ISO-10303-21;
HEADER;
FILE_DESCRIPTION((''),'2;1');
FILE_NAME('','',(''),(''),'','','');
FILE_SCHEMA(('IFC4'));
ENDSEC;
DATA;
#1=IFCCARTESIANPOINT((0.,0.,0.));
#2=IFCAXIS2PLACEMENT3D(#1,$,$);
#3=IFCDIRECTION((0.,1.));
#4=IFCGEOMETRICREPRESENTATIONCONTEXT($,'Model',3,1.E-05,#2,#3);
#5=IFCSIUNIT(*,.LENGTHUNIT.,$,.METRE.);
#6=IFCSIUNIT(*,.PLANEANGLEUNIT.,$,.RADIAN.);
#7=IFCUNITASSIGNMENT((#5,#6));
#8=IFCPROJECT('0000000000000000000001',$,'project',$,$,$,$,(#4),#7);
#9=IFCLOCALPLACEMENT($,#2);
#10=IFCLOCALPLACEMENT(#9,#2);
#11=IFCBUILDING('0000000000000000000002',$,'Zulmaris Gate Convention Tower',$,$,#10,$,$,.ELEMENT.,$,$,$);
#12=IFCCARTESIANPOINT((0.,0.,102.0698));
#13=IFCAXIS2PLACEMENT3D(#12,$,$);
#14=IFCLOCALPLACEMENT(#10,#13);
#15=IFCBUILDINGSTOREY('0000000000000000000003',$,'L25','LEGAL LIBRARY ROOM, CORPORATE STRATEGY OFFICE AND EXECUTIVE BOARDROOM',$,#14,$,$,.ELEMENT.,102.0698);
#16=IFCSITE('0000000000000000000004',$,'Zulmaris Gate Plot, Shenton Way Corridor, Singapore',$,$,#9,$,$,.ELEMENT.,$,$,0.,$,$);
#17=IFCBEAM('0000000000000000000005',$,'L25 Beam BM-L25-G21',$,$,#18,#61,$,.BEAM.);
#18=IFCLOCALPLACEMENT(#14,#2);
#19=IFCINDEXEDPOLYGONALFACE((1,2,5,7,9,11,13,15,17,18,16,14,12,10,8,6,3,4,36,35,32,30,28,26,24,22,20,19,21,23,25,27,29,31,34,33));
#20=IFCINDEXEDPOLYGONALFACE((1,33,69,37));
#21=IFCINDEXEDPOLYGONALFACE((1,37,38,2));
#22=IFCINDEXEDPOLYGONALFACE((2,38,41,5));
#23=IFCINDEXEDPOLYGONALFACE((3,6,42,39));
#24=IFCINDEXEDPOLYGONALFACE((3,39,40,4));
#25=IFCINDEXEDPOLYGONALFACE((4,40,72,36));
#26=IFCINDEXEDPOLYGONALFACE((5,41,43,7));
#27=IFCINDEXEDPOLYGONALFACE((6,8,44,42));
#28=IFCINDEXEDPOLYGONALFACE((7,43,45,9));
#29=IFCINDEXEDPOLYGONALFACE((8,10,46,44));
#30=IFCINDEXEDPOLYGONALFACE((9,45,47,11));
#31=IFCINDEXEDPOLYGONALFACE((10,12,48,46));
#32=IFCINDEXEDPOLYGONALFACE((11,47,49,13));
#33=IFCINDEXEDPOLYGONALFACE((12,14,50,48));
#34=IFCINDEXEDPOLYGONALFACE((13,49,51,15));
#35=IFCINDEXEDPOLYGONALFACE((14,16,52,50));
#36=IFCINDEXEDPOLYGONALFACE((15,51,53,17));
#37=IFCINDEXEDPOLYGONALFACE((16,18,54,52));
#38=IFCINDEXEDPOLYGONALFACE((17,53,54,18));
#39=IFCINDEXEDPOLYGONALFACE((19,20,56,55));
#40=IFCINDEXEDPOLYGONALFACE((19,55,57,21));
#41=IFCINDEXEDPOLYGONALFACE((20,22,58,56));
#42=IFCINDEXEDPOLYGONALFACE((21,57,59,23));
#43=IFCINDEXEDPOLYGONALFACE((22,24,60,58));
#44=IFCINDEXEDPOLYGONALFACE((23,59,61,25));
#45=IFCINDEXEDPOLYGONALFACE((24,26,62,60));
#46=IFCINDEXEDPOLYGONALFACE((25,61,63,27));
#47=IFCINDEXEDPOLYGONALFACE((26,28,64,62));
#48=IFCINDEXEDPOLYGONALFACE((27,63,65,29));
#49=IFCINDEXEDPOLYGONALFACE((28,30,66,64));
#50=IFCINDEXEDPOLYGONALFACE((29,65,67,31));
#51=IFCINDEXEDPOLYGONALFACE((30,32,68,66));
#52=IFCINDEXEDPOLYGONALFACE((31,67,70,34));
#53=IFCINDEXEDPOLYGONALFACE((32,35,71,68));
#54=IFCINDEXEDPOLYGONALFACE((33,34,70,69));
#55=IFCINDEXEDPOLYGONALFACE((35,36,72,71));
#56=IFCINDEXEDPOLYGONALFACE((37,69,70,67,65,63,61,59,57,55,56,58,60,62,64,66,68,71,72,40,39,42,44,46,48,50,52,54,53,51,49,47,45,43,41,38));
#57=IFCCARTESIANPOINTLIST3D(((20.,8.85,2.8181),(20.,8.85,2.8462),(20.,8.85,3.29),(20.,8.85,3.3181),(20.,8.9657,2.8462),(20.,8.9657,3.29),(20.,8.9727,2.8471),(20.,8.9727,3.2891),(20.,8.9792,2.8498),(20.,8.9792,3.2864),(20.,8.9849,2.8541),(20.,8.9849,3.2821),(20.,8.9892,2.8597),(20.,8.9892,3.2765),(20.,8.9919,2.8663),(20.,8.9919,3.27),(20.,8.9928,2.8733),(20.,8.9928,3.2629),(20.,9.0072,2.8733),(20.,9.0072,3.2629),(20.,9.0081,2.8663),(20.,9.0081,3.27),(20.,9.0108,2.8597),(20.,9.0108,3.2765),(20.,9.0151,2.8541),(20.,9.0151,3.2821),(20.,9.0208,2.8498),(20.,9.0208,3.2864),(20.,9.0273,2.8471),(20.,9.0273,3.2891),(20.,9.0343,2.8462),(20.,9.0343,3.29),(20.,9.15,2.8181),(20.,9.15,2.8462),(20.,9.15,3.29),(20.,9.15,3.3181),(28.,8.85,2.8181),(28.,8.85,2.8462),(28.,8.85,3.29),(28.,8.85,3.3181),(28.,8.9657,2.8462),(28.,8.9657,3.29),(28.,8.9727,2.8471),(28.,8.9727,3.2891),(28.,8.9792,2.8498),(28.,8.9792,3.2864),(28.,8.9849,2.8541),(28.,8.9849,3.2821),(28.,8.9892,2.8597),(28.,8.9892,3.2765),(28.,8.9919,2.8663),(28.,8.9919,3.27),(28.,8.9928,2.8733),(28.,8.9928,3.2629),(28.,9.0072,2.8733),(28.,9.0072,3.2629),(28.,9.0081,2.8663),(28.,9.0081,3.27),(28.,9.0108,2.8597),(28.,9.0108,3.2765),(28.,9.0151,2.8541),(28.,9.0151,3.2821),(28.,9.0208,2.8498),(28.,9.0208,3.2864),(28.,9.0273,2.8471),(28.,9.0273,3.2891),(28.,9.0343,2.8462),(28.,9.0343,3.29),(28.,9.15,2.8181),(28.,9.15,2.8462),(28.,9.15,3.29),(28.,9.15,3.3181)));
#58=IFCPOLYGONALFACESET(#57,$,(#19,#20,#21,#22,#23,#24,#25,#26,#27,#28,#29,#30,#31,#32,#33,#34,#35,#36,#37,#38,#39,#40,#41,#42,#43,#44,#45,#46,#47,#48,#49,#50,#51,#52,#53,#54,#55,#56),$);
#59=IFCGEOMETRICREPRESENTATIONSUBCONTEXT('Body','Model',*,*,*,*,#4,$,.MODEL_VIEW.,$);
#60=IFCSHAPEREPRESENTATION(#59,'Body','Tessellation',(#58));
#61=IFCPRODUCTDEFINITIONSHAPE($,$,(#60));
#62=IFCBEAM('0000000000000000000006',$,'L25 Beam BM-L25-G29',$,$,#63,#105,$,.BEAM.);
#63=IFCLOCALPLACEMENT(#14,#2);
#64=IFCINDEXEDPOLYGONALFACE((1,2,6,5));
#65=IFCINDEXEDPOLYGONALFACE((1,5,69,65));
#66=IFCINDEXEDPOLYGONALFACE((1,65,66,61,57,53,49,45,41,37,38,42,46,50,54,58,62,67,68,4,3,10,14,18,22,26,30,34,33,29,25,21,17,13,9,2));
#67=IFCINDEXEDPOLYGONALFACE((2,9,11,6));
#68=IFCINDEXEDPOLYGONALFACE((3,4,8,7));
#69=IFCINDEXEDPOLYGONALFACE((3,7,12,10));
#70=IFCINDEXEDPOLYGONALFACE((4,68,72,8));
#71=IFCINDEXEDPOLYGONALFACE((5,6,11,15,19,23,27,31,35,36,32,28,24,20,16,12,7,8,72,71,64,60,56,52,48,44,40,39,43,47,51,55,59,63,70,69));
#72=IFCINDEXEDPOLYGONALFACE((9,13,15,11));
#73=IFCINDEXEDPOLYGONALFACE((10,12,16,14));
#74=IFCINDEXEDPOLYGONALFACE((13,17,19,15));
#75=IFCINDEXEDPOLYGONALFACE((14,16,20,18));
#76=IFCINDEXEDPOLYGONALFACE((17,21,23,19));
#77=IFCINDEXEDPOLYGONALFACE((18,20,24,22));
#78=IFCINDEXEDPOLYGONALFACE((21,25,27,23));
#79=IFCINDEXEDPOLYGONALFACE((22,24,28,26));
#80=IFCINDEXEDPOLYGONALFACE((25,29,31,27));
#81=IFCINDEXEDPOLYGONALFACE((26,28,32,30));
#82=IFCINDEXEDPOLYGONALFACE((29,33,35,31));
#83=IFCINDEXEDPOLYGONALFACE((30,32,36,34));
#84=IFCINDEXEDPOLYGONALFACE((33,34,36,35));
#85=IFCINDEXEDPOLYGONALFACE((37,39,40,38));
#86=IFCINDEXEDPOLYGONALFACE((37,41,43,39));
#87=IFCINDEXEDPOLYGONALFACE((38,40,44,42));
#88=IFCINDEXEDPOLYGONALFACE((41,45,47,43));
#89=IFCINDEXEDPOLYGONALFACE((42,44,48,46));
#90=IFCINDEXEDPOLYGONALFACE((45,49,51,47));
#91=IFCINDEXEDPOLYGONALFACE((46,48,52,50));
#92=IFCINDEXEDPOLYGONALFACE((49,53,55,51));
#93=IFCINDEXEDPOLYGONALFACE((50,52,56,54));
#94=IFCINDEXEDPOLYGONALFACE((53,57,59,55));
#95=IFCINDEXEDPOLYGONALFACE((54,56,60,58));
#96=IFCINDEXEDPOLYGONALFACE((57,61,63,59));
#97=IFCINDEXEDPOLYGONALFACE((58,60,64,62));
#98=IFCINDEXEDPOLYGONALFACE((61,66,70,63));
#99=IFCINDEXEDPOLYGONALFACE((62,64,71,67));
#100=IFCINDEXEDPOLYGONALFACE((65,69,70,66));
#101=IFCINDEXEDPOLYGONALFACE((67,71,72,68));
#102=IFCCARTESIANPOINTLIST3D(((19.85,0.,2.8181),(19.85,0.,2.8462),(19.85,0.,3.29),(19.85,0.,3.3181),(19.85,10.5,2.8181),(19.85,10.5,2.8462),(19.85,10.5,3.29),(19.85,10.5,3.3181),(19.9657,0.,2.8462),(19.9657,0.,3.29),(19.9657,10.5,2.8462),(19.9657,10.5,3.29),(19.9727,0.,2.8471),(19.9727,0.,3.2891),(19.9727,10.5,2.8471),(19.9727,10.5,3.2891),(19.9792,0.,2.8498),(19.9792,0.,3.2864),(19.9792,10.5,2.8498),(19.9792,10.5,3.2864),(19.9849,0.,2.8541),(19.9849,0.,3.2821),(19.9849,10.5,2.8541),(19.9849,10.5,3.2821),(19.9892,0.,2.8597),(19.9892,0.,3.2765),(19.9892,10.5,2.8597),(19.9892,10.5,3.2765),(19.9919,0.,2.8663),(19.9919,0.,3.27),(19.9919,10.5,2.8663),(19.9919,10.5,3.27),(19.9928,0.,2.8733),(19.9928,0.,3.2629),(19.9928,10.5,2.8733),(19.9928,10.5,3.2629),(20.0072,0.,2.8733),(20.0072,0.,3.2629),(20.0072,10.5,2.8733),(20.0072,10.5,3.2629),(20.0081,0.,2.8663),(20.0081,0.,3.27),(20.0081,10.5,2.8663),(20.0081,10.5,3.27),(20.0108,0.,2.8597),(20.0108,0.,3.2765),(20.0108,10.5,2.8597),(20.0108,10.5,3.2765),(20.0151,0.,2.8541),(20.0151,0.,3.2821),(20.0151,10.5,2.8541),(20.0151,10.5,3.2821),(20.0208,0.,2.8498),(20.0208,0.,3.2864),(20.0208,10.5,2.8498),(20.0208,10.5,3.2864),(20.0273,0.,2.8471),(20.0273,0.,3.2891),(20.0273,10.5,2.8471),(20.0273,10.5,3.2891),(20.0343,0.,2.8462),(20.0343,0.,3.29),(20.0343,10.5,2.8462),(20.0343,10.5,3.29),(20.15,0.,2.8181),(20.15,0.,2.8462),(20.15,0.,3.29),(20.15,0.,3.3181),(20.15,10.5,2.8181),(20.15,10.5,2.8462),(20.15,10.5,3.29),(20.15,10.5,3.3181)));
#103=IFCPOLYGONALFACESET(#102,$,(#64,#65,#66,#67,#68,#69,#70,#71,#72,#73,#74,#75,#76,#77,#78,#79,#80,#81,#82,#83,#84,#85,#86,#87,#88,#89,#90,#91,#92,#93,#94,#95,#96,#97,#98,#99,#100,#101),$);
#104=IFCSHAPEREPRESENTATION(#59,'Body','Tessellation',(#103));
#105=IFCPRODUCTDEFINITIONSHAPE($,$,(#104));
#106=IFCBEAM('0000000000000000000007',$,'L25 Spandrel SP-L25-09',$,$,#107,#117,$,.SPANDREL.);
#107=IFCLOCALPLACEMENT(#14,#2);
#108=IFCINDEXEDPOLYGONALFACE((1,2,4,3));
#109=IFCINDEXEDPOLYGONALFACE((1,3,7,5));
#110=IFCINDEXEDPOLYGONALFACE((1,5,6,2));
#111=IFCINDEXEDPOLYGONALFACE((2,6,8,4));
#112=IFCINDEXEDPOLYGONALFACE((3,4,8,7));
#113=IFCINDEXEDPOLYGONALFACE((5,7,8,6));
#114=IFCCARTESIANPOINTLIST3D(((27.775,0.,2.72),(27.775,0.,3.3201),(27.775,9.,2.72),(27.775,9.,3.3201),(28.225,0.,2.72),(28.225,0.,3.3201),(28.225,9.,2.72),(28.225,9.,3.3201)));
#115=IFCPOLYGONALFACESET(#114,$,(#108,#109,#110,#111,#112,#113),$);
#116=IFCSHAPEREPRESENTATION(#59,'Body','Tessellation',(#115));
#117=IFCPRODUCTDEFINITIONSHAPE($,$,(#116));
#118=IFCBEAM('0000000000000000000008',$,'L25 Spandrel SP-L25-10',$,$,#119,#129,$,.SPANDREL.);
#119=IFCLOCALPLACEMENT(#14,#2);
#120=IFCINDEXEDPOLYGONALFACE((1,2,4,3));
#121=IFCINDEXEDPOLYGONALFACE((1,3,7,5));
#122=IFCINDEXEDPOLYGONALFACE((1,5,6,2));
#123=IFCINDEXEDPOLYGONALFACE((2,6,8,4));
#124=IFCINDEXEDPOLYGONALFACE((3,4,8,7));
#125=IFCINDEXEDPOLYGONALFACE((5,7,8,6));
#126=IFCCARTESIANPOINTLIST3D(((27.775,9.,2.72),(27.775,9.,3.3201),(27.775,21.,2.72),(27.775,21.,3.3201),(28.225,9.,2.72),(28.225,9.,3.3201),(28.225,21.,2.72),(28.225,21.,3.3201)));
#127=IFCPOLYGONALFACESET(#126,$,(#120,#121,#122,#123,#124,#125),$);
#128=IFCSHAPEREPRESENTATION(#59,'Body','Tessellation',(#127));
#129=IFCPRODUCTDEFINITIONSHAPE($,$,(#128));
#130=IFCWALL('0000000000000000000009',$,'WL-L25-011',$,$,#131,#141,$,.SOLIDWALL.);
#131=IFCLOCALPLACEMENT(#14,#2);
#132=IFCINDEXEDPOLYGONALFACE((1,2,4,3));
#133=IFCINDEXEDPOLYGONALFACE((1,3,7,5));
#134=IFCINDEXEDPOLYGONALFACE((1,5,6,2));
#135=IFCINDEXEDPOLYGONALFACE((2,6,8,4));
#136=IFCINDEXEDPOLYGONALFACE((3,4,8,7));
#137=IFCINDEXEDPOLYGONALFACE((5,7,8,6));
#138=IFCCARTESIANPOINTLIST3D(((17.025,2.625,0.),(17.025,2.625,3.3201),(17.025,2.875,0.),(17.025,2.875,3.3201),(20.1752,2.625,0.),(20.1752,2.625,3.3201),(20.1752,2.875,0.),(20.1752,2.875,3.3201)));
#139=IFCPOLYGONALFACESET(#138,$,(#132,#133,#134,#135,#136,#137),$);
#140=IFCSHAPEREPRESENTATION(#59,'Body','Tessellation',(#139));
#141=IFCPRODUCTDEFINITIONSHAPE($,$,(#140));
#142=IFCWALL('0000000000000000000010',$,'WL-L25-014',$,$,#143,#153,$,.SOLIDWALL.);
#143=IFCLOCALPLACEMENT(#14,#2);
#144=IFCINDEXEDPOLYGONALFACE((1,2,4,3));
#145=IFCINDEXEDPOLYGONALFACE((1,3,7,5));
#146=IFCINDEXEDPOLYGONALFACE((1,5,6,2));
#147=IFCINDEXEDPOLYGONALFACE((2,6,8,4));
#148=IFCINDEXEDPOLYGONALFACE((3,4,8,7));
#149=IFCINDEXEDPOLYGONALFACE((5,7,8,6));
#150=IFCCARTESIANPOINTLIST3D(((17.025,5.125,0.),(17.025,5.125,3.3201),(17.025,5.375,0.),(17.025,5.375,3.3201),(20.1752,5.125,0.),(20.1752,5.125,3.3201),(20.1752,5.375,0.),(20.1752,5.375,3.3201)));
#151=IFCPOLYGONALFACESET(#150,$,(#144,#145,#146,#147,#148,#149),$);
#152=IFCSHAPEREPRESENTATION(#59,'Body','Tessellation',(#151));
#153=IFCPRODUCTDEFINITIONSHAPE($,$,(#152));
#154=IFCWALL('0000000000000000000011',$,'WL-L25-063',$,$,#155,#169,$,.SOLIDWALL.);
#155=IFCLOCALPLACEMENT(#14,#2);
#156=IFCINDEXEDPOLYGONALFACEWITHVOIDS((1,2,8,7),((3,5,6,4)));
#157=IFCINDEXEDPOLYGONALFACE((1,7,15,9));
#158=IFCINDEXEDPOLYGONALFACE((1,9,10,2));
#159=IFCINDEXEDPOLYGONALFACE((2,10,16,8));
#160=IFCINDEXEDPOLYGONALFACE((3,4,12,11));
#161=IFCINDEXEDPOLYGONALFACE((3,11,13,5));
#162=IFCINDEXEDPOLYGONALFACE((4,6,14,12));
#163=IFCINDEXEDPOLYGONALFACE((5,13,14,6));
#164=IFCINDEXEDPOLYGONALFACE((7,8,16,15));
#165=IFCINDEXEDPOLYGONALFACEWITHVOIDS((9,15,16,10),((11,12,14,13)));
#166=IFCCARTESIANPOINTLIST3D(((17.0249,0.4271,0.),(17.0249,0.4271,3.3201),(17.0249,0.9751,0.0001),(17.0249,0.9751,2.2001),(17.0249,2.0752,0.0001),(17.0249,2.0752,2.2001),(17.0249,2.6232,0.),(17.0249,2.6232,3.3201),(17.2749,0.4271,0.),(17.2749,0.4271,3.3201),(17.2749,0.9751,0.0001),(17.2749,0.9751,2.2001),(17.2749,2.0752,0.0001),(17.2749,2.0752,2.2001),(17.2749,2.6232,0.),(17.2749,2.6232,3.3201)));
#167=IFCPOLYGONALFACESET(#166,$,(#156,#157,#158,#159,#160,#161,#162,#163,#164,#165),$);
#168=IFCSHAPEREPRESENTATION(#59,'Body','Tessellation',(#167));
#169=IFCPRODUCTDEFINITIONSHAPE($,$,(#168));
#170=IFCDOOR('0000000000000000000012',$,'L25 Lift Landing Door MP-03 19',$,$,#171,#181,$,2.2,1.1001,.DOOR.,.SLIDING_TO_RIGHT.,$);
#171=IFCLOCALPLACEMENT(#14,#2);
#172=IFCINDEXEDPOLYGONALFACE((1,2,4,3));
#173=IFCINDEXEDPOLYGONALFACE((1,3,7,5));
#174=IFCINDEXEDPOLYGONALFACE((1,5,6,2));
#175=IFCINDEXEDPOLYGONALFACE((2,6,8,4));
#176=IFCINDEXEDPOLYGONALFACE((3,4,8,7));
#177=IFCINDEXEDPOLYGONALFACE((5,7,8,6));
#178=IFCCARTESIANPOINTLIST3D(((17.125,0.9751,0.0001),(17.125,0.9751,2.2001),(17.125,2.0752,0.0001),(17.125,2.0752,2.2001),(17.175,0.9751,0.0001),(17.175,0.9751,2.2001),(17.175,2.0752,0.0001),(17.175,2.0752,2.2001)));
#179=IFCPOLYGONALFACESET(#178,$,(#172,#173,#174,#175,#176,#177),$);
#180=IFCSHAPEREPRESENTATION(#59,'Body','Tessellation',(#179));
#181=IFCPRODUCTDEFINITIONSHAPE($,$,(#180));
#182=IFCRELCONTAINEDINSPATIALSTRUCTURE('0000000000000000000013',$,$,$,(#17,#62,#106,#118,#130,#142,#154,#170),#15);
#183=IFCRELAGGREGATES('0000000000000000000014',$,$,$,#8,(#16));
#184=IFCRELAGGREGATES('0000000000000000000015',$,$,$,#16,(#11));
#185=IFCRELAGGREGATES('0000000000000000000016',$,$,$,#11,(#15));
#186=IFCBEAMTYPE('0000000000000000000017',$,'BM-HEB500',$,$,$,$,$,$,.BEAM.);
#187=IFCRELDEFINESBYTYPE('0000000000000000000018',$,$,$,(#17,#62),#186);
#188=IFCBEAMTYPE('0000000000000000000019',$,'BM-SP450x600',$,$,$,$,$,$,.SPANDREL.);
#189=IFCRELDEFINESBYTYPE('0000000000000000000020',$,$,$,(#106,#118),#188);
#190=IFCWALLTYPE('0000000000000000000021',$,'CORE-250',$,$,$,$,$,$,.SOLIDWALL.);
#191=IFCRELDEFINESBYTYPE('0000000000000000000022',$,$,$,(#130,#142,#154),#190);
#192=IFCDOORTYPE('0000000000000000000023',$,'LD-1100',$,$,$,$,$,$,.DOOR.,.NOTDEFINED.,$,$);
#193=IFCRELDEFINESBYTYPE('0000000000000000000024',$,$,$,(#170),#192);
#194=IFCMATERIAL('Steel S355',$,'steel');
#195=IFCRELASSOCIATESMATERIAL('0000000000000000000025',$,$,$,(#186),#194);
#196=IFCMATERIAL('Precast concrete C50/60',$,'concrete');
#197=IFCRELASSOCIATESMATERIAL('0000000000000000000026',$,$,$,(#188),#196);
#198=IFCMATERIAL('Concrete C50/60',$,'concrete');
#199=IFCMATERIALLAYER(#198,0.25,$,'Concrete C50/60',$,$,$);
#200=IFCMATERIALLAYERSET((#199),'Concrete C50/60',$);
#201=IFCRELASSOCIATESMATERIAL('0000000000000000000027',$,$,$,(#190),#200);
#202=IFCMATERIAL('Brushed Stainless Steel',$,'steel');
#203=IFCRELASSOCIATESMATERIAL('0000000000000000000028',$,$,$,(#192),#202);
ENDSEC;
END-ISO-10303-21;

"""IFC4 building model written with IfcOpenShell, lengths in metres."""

from ifc_helpers import new_model, si_unit, direction, frame, frame_2d, origin, origin_2d, place, context, subcontext, project, spatial, rectangle, i_section, extrude, material, layer, layer_set, material_profile, profile_set, type_object, element, fill, save


model = new_model("IFC4")

# Units and contexts
model_context = context("Model", 3, precision=1e-05, world=origin(), true_north=direction((0.0, 1.0)))
body_context = subcontext(model_context, "Body", "Model", "MODEL_VIEW")
ifc_project = project(units=[si_unit("LENGTHUNIT", "METRE"), si_unit("PLANEANGLEUNIT", "RADIAN")], contexts=[model_context])

# Site, building, storey
site_placement = place(None, origin())
site = spatial("IfcSite", under=ifc_project, at=site_placement, Name="Zulmaris Gate Plot, Shenton Way Corridor, Singapore", CompositionType="ELEMENT", RefElevation=0.0)
building_placement = place(site_placement, origin())
building = spatial("IfcBuilding", under=site, at=building_placement, Name="Zulmaris Gate Convention Tower", CompositionType="ELEMENT")
storey_placement = place(building_placement, frame((0.0, 0.0, 102.0698)))
storey = spatial("IfcBuildingStorey", under=building, at=storey_placement, Name="L25", Description="LEGAL LIBRARY ROOM, CORPORATE STRATEGY OFFICE AND EXECUTIVE BOARDROOM", CompositionType="ELEMENT", Elevation=102.0698)

# Beams
ifc_material_1 = material(Name="Steel S355", Category="steel")
ifc_material_profile_1 = material_profile(ifc_material_1, i_section(OverallWidth=0.3, OverallDepth=0.5, WebThickness=0.0144, FlangeThickness=0.0281, FilletRadius=0.0271, at=origin_2d()), Name="HEB 500")
ifc_profile_set_1 = profile_set([ifc_material_profile_1], Name="Steel S355")
beam_type_1 = type_object("IfcBeamType", Name="BM-HEB500", PredefinedType="BEAM", material=ifc_profile_set_1)
for number, where, z_axis, x_axis, name in (
    (1, (20.0, 9.0, 3.0681), (1.0, 0.0, 0.0), (0.0, 1.0, 0.0), "L25 Beam BM-L25-G21"),
):
    element("IfcBeam", number, at=place(storey_placement, frame(where, z_axis=z_axis, x_axis=x_axis)), inside=storey, type_object=beam_type_1, Name=name, PredefinedType="BEAM", context=body_context, shape_type="SweptSolid", body=[
        extrude(i_section(OverallWidth=0.3, OverallDepth=0.5, WebThickness=0.0144, FlangeThickness=0.0281, FilletRadius=0.0271, at=origin_2d()), origin(), (0.0, 0.0, 1.0), 8.0),
    ])
beam_1_placement = place(storey_placement, frame((20.0, 0.0, 3.0681), z_axis=(0.0, 1.0, 0.0), x_axis=(-1.0, 0.0, 0.0)))
element("IfcBeam", 2, at=beam_1_placement, inside=storey, type_object=beam_type_1, Name="L25 Beam BM-L25-G29", PredefinedType="BEAM", context=body_context, shape_type="SweptSolid", body=[
    extrude(i_section(OverallWidth=0.3, OverallDepth=0.5, WebThickness=0.0144, FlangeThickness=0.0281, FilletRadius=0.0271, at=origin_2d()), origin(), (0.0, 0.0, 1.0), 10.5),
])
ifc_material_2 = material(Name="Precast concrete C50/60", Category="concrete")
ifc_material_profile_2 = material_profile(ifc_material_2, rectangle(XDim=0.45, YDim=0.6001, at=origin_2d()), Name="RC SPANDREL 450x600")
ifc_profile_set_2 = profile_set([ifc_material_profile_2], Name="Precast concrete C50/60")
beam_type_2 = type_object("IfcBeamType", Name="BM-SP450x600", PredefinedType="SPANDREL", material=ifc_profile_set_2)
beam_2_placement = place(storey_placement, frame((28.0, 0.0, 3.02), z_axis=(0.0, 1.0, 0.0), x_axis=(-1.0, 0.0, 0.0)))
element("IfcBeam", 3, at=beam_2_placement, inside=storey, type_object=beam_type_2, Name="L25 Spandrel SP-L25-09", PredefinedType="SPANDREL", context=body_context, shape_type="SweptSolid", body=[
    extrude(rectangle(XDim=0.45, YDim=0.6001, at=origin_2d()), origin(), (0.0, 0.0, 1.0), 9.0),
])
beam_3_placement = place(storey_placement, frame((28.0, 9.0, 3.02), z_axis=(0.0, 1.0, 0.0), x_axis=(-1.0, 0.0, 0.0)))
element("IfcBeam", 4, at=beam_3_placement, inside=storey, type_object=beam_type_2, Name="L25 Spandrel SP-L25-10", PredefinedType="SPANDREL", context=body_context, shape_type="SweptSolid", body=[
    extrude(rectangle(XDim=0.45, YDim=0.6001, at=origin_2d()), origin(), (0.0, 0.0, 1.0), 12.0),
])

# Walls
ifc_material_3 = material(Name="Concrete C50/60", Category="concrete")
ifc_layer_1 = layer(ifc_material_3, 0.25, Name="Concrete C50/60")
ifc_layer_set_1 = layer_set([ifc_layer_1], Name="Concrete C50/60")
wall_type_1 = type_object("IfcWallType", Name="CORE-250", PredefinedType="SOLIDWALL", material=ifc_layer_set_1)
for number, where, z_axis, x_axis, name in (
    (5, (17.0249, 2.75, 0.0), (0.0, 0.0, 1.0), (1.0, 0.0, 0.0), "WL-L25-011"),
    (6, (17.0249, 5.25, 0.0), (0.0, 0.0, 1.0), (1.0, 0.0, 0.0), "WL-L25-014"),
):
    element("IfcWall", number, at=place(storey_placement, frame(where, z_axis=z_axis, x_axis=x_axis)), inside=storey, type_object=wall_type_1, Name=name, PredefinedType="SOLIDWALL", context=body_context, shape_type="SweptSolid", body=[
        extrude(rectangle(XDim=3.1501, YDim=0.25, at=frame_2d((1.5752, 0.0))), origin(), (0.0, 0.0, 1.0), 3.3201),
    ])

# Wall, opening, door
wall_1_placement = place(storey_placement, frame((17.1499, 0.427, 0.0), z_axis=(0.0, 0.0, 1.0), x_axis=(0.0, 1.0, 0.0)))
wall_1 = element("IfcWall", 7, at=wall_1_placement, inside=storey, type_object=wall_type_1, Name="WL-L25-063", PredefinedType="SOLIDWALL", context=body_context, shape_type="SweptSolid", body=[
    extrude(rectangle(XDim=2.196, YDim=0.25, at=frame_2d((1.0981, 0.0))), origin(), (0.0, 0.0, 1.0), 3.3201),
])
opening_1_placement = place(wall_1_placement, frame((0.5481, 0.0, 0.0)))
opening_1 = element("IfcOpeningElement", 8, at=opening_1_placement, cuts=wall_1, PredefinedType="OPENING", context=body_context, shape_type="SweptSolid", body=[
    extrude(rectangle(XDim=1.1001, YDim=2.2, at=frame_2d((0.55, 1.1001))), frame((0.0, 0.135, 0.0), z_axis=(0.0, -1.0, 0.0), x_axis=(1.0, 0.0, 0.0)), (0.0, 0.0, 1.0), 0.27),
])
ifc_material_4 = material(Name="Brushed Stainless Steel", Category="steel")
door_type_1 = type_object("IfcDoorType", Name="LD-1100", OperationType="NOTDEFINED", PredefinedType="DOOR", material=ifc_material_4)
door_1_placement = place(opening_1_placement, origin())
door_1 = element("IfcDoor", 9, at=door_1_placement, inside=storey, type_object=door_type_1, Name="L25 Lift Landing Door MP-03 19", OperationType="SLIDING_TO_RIGHT", OverallHeight=2.2, OverallWidth=1.1001, PredefinedType="DOOR", context=body_context, shape_type="SweptSolid", body=[
    extrude(rectangle(XDim=1.1001, YDim=2.2, at=frame_2d((0.55, 1.1001))), frame((0.0, 0.0249, 0.0), z_axis=(0.0, -1.0, 0.0), x_axis=(1.0, 0.0, 0.0)), (0.0, 0.0, 1.0), 0.05),
])
fill(opening_1, door_1)

save(model, "model.ifc")
